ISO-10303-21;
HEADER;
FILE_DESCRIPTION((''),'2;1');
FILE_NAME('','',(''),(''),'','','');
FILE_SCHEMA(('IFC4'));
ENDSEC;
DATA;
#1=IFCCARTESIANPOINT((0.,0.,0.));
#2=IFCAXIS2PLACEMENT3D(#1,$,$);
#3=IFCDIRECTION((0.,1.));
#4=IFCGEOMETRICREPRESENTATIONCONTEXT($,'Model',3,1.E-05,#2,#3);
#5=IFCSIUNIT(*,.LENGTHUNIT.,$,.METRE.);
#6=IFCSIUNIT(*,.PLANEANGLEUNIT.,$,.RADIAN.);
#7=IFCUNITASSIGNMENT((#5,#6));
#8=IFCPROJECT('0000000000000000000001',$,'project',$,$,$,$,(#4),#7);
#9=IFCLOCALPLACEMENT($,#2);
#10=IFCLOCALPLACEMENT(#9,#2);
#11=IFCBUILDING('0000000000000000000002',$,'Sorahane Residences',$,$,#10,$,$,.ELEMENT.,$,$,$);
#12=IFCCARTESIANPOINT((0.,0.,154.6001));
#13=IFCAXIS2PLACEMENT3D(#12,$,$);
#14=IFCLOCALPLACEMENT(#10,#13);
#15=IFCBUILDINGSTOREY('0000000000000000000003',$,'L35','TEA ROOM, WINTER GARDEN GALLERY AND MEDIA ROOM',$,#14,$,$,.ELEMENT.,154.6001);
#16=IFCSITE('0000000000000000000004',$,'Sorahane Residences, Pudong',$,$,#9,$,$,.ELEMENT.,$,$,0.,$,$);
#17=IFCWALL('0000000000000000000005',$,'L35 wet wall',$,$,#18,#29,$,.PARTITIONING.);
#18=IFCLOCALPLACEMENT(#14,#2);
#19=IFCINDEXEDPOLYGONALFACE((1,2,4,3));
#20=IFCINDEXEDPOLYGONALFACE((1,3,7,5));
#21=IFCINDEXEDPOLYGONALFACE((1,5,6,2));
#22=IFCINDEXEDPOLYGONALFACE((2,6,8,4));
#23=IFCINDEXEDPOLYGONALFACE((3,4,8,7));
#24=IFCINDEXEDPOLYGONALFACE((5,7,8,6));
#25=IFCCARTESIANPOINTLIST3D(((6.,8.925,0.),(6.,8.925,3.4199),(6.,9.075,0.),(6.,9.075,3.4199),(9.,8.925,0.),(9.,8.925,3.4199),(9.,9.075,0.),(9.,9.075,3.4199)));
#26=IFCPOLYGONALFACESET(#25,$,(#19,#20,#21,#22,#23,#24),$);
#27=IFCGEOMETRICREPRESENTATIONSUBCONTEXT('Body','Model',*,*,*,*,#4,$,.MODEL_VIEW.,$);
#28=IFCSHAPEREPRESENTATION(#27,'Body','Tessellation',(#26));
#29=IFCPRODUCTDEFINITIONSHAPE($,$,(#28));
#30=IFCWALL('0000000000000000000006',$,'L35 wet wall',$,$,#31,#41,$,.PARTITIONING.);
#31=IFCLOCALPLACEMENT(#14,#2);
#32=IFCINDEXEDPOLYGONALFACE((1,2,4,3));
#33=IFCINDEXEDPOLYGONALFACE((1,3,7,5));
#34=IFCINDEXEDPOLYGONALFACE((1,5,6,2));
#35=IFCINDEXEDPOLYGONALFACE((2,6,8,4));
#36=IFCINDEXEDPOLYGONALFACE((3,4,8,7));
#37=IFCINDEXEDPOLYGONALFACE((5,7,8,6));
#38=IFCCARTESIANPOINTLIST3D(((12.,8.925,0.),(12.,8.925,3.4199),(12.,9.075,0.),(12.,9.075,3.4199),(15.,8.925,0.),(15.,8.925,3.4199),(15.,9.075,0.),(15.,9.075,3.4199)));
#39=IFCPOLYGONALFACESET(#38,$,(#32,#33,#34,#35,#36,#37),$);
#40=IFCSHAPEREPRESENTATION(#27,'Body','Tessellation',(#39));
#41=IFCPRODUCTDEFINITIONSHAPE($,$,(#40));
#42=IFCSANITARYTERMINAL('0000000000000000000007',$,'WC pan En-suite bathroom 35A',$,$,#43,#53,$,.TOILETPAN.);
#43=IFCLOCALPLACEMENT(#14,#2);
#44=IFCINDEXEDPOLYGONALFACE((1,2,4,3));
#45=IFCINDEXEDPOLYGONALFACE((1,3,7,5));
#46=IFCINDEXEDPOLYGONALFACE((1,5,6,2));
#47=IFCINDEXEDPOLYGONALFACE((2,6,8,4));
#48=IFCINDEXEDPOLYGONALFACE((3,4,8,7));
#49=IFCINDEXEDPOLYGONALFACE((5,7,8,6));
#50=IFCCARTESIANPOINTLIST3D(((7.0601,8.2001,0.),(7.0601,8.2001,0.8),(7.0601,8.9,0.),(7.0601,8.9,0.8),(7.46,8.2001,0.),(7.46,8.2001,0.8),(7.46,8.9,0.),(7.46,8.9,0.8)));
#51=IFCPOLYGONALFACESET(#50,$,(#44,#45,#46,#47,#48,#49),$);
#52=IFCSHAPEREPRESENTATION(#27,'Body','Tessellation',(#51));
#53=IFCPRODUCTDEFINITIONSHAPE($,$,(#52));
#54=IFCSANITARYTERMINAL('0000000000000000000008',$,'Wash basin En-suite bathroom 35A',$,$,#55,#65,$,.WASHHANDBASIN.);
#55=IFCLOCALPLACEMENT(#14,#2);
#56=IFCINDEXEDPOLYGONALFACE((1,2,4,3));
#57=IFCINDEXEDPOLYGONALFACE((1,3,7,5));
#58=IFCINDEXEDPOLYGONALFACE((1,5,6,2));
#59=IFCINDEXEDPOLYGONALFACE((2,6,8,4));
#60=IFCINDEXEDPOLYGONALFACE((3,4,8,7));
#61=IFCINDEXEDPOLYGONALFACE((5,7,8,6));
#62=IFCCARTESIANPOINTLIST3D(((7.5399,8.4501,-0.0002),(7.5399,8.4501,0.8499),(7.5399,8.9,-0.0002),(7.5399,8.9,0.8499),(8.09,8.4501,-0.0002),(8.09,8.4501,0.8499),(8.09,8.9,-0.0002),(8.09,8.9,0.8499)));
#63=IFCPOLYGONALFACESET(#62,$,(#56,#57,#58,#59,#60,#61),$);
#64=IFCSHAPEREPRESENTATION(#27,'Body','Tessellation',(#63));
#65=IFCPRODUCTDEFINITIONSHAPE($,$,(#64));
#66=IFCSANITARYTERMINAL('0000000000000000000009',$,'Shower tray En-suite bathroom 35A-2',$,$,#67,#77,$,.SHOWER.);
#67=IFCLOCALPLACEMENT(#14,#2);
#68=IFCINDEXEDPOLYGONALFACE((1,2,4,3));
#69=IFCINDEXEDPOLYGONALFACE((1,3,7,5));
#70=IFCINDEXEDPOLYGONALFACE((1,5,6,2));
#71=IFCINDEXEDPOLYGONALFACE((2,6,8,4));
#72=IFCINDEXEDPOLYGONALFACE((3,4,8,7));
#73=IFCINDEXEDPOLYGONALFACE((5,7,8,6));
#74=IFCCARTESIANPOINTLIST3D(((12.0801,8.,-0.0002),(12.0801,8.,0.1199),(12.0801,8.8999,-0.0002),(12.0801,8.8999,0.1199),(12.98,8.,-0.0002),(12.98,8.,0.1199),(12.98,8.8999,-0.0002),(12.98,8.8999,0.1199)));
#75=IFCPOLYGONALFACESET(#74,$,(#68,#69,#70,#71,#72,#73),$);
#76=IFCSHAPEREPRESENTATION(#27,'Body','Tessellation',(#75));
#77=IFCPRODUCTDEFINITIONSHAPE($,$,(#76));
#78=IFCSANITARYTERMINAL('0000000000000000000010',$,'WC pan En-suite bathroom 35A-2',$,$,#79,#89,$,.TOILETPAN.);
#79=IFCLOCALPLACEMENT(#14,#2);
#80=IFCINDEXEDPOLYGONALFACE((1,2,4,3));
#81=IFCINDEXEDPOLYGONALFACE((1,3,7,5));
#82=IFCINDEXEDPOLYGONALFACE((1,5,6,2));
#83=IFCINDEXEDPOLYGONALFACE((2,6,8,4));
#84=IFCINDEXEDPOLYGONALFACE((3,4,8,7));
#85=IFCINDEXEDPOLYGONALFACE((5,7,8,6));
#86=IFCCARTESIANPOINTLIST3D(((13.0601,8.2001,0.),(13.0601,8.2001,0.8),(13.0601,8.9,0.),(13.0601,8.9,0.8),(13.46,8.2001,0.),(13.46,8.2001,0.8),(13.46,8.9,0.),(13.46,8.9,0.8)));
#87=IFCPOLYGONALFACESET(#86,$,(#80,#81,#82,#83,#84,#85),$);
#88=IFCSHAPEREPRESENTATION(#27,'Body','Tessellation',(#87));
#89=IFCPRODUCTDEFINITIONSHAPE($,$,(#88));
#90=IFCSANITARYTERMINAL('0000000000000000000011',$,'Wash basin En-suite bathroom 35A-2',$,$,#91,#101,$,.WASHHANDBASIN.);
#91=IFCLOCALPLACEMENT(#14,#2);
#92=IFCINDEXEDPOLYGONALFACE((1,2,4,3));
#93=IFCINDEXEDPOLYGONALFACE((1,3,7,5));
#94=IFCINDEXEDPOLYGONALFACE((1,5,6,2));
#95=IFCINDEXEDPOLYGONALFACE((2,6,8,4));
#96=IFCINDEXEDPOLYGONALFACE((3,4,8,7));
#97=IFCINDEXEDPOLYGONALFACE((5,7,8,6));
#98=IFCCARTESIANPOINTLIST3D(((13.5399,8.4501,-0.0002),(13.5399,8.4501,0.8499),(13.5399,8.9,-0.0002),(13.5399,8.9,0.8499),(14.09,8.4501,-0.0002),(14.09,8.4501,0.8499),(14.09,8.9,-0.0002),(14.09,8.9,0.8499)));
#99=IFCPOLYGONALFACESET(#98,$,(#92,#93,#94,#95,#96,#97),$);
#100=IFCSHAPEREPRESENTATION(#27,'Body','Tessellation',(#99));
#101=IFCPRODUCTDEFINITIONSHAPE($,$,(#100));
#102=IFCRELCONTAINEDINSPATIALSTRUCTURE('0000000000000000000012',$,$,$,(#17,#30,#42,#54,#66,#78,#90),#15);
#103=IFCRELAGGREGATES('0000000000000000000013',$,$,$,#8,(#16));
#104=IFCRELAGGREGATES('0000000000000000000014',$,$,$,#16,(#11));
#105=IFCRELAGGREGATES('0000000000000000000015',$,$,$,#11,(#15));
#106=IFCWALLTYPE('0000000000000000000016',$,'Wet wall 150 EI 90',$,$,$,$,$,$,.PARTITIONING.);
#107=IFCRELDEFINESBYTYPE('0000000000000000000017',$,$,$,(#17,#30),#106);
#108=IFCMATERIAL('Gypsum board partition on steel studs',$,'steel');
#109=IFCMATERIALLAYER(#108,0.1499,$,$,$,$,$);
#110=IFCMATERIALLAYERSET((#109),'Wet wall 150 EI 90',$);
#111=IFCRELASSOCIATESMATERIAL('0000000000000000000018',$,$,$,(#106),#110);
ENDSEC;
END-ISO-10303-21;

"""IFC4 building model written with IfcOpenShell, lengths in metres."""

from ifc_helpers import new_model, si_unit, direction, frame, frame_2d, origin, origin_2d, place, context, subcontext, project, spatial, rectangle, extrude, material, layer, layer_set, type_object, element, save


model = new_model("IFC4")

# Units and contexts
model_context = context("Model", 3, precision=1e-05, world=origin(), true_north=direction((0.0, 1.0)))
body_context = subcontext(model_context, "Body", "Model", "MODEL_VIEW")
ifc_project = project(units=[si_unit("LENGTHUNIT", "METRE"), si_unit("PLANEANGLEUNIT", "RADIAN")], contexts=[model_context])

# Site, building, storey
site_placement = place(None, origin())
site = spatial("IfcSite", under=ifc_project, at=site_placement, Name="Sorahane Residences, Pudong", CompositionType="ELEMENT", RefElevation=0.0)
building_placement = place(site_placement, origin())
building = spatial("IfcBuilding", under=site, at=building_placement, Name="Sorahane Residences", CompositionType="ELEMENT")
storey_placement = place(building_placement, frame((0.0, 0.0, 154.6001)))
storey = spatial("IfcBuildingStorey", under=building, at=storey_placement, Name="L35", Description="TEA ROOM, WINTER GARDEN GALLERY AND MEDIA ROOM", CompositionType="ELEMENT", Elevation=154.6001)

# Walls
ifc_material_1 = material(Name="Gypsum board partition on steel studs", Category="steel")
ifc_layer_1 = layer(ifc_material_1, 0.1499)
ifc_layer_set_1 = layer_set([ifc_layer_1], Name="Wet wall 150 EI 90")
wall_type_1 = type_object("IfcWallType", Name="Wet wall 150 EI 90", PredefinedType="PARTITIONING", material=ifc_layer_set_1)
for number, where, z_axis, x_axis, name in (
    (1, (6.0, 9.0, 0.0), (0.0, 0.0, 1.0), (1.0, 0.0, 0.0), "L35 wet wall"),
    (2, (12.0, 9.0, 0.0), (0.0, 0.0, 1.0), (1.0, 0.0, 0.0), "L35 wet wall"),
):
    element("IfcWall", number, at=place(storey_placement, frame(where, z_axis=z_axis, x_axis=x_axis)), inside=storey, type_object=wall_type_1, Name=name, PredefinedType="PARTITIONING", context=body_context, shape_type="SweptSolid", body=[
        extrude(rectangle(XDim=3.0, YDim=0.1499, at=frame_2d((1.5, 0.0))), origin(), (0.0, 0.0, 1.0), 3.4199),
    ])

# Sanitary terminals
sanitary_terminal_1_placement = place(storey_placement, frame((7.26, 8.55, 0.0), z_axis=(0.0, 0.0, 1.0), x_axis=(1.0, 0.0, 0.0)))
element("IfcSanitaryTerminal", 3, at=sanitary_terminal_1_placement, inside=storey, Name="WC pan En-suite bathroom 35A", PredefinedType="TOILETPAN", context=body_context, shape_type="SweptSolid", body=[
    extrude(rectangle(XDim=0.3999, YDim=0.7, at=origin_2d()), origin(), (0.0, 0.0, 1.0), 0.8),
])
sanitary_terminal_2_placement = place(storey_placement, frame((7.8149, 8.675, -0.0002), z_axis=(0.0, 0.0, 1.0), x_axis=(1.0, 0.0, 0.0)))
element("IfcSanitaryTerminal", 4, at=sanitary_terminal_2_placement, inside=storey, Name="Wash basin En-suite bathroom 35A", PredefinedType="WASHHANDBASIN", context=body_context, shape_type="SweptSolid", body=[
    extrude(rectangle(XDim=0.55, YDim=0.45, at=origin_2d()), origin(), (0.0, 0.0, 1.0), 0.8501),
])
sanitary_terminal_3_placement = place(storey_placement, frame((12.53, 8.45, -0.0002), z_axis=(0.0, 0.0, 1.0), x_axis=(1.0, 0.0, 0.0)))
element("IfcSanitaryTerminal", 5, at=sanitary_terminal_3_placement, inside=storey, Name="Shower tray En-suite bathroom 35A-2", PredefinedType="SHOWER", context=body_context, shape_type="SweptSolid", body=[
    extrude(rectangle(XDim=0.8999, YDim=0.8999, at=origin_2d()), origin(), (0.0, 0.0, 1.0), 0.1201),
])
sanitary_terminal_4_placement = place(storey_placement, frame((13.26, 8.55, 0.0), z_axis=(0.0, 0.0, 1.0), x_axis=(1.0, 0.0, 0.0)))
element("IfcSanitaryTerminal", 6, at=sanitary_terminal_4_placement, inside=storey, Name="WC pan En-suite bathroom 35A-2", PredefinedType="TOILETPAN", context=body_context, shape_type="SweptSolid", body=[
    extrude(rectangle(XDim=0.3999, YDim=0.7, at=origin_2d()), origin(), (0.0, 0.0, 1.0), 0.8),
])
sanitary_terminal_5_placement = place(storey_placement, frame((13.8149, 8.675, -0.0002), z_axis=(0.0, 0.0, 1.0), x_axis=(1.0, 0.0, 0.0)))
element("IfcSanitaryTerminal", 7, at=sanitary_terminal_5_placement, inside=storey, Name="Wash basin En-suite bathroom 35A-2", PredefinedType="WASHHANDBASIN", context=body_context, shape_type="SweptSolid", body=[
    extrude(rectangle(XDim=0.55, YDim=0.45, at=origin_2d()), origin(), (0.0, 0.0, 1.0), 0.8501),
])

save(model, "model.ifc")
